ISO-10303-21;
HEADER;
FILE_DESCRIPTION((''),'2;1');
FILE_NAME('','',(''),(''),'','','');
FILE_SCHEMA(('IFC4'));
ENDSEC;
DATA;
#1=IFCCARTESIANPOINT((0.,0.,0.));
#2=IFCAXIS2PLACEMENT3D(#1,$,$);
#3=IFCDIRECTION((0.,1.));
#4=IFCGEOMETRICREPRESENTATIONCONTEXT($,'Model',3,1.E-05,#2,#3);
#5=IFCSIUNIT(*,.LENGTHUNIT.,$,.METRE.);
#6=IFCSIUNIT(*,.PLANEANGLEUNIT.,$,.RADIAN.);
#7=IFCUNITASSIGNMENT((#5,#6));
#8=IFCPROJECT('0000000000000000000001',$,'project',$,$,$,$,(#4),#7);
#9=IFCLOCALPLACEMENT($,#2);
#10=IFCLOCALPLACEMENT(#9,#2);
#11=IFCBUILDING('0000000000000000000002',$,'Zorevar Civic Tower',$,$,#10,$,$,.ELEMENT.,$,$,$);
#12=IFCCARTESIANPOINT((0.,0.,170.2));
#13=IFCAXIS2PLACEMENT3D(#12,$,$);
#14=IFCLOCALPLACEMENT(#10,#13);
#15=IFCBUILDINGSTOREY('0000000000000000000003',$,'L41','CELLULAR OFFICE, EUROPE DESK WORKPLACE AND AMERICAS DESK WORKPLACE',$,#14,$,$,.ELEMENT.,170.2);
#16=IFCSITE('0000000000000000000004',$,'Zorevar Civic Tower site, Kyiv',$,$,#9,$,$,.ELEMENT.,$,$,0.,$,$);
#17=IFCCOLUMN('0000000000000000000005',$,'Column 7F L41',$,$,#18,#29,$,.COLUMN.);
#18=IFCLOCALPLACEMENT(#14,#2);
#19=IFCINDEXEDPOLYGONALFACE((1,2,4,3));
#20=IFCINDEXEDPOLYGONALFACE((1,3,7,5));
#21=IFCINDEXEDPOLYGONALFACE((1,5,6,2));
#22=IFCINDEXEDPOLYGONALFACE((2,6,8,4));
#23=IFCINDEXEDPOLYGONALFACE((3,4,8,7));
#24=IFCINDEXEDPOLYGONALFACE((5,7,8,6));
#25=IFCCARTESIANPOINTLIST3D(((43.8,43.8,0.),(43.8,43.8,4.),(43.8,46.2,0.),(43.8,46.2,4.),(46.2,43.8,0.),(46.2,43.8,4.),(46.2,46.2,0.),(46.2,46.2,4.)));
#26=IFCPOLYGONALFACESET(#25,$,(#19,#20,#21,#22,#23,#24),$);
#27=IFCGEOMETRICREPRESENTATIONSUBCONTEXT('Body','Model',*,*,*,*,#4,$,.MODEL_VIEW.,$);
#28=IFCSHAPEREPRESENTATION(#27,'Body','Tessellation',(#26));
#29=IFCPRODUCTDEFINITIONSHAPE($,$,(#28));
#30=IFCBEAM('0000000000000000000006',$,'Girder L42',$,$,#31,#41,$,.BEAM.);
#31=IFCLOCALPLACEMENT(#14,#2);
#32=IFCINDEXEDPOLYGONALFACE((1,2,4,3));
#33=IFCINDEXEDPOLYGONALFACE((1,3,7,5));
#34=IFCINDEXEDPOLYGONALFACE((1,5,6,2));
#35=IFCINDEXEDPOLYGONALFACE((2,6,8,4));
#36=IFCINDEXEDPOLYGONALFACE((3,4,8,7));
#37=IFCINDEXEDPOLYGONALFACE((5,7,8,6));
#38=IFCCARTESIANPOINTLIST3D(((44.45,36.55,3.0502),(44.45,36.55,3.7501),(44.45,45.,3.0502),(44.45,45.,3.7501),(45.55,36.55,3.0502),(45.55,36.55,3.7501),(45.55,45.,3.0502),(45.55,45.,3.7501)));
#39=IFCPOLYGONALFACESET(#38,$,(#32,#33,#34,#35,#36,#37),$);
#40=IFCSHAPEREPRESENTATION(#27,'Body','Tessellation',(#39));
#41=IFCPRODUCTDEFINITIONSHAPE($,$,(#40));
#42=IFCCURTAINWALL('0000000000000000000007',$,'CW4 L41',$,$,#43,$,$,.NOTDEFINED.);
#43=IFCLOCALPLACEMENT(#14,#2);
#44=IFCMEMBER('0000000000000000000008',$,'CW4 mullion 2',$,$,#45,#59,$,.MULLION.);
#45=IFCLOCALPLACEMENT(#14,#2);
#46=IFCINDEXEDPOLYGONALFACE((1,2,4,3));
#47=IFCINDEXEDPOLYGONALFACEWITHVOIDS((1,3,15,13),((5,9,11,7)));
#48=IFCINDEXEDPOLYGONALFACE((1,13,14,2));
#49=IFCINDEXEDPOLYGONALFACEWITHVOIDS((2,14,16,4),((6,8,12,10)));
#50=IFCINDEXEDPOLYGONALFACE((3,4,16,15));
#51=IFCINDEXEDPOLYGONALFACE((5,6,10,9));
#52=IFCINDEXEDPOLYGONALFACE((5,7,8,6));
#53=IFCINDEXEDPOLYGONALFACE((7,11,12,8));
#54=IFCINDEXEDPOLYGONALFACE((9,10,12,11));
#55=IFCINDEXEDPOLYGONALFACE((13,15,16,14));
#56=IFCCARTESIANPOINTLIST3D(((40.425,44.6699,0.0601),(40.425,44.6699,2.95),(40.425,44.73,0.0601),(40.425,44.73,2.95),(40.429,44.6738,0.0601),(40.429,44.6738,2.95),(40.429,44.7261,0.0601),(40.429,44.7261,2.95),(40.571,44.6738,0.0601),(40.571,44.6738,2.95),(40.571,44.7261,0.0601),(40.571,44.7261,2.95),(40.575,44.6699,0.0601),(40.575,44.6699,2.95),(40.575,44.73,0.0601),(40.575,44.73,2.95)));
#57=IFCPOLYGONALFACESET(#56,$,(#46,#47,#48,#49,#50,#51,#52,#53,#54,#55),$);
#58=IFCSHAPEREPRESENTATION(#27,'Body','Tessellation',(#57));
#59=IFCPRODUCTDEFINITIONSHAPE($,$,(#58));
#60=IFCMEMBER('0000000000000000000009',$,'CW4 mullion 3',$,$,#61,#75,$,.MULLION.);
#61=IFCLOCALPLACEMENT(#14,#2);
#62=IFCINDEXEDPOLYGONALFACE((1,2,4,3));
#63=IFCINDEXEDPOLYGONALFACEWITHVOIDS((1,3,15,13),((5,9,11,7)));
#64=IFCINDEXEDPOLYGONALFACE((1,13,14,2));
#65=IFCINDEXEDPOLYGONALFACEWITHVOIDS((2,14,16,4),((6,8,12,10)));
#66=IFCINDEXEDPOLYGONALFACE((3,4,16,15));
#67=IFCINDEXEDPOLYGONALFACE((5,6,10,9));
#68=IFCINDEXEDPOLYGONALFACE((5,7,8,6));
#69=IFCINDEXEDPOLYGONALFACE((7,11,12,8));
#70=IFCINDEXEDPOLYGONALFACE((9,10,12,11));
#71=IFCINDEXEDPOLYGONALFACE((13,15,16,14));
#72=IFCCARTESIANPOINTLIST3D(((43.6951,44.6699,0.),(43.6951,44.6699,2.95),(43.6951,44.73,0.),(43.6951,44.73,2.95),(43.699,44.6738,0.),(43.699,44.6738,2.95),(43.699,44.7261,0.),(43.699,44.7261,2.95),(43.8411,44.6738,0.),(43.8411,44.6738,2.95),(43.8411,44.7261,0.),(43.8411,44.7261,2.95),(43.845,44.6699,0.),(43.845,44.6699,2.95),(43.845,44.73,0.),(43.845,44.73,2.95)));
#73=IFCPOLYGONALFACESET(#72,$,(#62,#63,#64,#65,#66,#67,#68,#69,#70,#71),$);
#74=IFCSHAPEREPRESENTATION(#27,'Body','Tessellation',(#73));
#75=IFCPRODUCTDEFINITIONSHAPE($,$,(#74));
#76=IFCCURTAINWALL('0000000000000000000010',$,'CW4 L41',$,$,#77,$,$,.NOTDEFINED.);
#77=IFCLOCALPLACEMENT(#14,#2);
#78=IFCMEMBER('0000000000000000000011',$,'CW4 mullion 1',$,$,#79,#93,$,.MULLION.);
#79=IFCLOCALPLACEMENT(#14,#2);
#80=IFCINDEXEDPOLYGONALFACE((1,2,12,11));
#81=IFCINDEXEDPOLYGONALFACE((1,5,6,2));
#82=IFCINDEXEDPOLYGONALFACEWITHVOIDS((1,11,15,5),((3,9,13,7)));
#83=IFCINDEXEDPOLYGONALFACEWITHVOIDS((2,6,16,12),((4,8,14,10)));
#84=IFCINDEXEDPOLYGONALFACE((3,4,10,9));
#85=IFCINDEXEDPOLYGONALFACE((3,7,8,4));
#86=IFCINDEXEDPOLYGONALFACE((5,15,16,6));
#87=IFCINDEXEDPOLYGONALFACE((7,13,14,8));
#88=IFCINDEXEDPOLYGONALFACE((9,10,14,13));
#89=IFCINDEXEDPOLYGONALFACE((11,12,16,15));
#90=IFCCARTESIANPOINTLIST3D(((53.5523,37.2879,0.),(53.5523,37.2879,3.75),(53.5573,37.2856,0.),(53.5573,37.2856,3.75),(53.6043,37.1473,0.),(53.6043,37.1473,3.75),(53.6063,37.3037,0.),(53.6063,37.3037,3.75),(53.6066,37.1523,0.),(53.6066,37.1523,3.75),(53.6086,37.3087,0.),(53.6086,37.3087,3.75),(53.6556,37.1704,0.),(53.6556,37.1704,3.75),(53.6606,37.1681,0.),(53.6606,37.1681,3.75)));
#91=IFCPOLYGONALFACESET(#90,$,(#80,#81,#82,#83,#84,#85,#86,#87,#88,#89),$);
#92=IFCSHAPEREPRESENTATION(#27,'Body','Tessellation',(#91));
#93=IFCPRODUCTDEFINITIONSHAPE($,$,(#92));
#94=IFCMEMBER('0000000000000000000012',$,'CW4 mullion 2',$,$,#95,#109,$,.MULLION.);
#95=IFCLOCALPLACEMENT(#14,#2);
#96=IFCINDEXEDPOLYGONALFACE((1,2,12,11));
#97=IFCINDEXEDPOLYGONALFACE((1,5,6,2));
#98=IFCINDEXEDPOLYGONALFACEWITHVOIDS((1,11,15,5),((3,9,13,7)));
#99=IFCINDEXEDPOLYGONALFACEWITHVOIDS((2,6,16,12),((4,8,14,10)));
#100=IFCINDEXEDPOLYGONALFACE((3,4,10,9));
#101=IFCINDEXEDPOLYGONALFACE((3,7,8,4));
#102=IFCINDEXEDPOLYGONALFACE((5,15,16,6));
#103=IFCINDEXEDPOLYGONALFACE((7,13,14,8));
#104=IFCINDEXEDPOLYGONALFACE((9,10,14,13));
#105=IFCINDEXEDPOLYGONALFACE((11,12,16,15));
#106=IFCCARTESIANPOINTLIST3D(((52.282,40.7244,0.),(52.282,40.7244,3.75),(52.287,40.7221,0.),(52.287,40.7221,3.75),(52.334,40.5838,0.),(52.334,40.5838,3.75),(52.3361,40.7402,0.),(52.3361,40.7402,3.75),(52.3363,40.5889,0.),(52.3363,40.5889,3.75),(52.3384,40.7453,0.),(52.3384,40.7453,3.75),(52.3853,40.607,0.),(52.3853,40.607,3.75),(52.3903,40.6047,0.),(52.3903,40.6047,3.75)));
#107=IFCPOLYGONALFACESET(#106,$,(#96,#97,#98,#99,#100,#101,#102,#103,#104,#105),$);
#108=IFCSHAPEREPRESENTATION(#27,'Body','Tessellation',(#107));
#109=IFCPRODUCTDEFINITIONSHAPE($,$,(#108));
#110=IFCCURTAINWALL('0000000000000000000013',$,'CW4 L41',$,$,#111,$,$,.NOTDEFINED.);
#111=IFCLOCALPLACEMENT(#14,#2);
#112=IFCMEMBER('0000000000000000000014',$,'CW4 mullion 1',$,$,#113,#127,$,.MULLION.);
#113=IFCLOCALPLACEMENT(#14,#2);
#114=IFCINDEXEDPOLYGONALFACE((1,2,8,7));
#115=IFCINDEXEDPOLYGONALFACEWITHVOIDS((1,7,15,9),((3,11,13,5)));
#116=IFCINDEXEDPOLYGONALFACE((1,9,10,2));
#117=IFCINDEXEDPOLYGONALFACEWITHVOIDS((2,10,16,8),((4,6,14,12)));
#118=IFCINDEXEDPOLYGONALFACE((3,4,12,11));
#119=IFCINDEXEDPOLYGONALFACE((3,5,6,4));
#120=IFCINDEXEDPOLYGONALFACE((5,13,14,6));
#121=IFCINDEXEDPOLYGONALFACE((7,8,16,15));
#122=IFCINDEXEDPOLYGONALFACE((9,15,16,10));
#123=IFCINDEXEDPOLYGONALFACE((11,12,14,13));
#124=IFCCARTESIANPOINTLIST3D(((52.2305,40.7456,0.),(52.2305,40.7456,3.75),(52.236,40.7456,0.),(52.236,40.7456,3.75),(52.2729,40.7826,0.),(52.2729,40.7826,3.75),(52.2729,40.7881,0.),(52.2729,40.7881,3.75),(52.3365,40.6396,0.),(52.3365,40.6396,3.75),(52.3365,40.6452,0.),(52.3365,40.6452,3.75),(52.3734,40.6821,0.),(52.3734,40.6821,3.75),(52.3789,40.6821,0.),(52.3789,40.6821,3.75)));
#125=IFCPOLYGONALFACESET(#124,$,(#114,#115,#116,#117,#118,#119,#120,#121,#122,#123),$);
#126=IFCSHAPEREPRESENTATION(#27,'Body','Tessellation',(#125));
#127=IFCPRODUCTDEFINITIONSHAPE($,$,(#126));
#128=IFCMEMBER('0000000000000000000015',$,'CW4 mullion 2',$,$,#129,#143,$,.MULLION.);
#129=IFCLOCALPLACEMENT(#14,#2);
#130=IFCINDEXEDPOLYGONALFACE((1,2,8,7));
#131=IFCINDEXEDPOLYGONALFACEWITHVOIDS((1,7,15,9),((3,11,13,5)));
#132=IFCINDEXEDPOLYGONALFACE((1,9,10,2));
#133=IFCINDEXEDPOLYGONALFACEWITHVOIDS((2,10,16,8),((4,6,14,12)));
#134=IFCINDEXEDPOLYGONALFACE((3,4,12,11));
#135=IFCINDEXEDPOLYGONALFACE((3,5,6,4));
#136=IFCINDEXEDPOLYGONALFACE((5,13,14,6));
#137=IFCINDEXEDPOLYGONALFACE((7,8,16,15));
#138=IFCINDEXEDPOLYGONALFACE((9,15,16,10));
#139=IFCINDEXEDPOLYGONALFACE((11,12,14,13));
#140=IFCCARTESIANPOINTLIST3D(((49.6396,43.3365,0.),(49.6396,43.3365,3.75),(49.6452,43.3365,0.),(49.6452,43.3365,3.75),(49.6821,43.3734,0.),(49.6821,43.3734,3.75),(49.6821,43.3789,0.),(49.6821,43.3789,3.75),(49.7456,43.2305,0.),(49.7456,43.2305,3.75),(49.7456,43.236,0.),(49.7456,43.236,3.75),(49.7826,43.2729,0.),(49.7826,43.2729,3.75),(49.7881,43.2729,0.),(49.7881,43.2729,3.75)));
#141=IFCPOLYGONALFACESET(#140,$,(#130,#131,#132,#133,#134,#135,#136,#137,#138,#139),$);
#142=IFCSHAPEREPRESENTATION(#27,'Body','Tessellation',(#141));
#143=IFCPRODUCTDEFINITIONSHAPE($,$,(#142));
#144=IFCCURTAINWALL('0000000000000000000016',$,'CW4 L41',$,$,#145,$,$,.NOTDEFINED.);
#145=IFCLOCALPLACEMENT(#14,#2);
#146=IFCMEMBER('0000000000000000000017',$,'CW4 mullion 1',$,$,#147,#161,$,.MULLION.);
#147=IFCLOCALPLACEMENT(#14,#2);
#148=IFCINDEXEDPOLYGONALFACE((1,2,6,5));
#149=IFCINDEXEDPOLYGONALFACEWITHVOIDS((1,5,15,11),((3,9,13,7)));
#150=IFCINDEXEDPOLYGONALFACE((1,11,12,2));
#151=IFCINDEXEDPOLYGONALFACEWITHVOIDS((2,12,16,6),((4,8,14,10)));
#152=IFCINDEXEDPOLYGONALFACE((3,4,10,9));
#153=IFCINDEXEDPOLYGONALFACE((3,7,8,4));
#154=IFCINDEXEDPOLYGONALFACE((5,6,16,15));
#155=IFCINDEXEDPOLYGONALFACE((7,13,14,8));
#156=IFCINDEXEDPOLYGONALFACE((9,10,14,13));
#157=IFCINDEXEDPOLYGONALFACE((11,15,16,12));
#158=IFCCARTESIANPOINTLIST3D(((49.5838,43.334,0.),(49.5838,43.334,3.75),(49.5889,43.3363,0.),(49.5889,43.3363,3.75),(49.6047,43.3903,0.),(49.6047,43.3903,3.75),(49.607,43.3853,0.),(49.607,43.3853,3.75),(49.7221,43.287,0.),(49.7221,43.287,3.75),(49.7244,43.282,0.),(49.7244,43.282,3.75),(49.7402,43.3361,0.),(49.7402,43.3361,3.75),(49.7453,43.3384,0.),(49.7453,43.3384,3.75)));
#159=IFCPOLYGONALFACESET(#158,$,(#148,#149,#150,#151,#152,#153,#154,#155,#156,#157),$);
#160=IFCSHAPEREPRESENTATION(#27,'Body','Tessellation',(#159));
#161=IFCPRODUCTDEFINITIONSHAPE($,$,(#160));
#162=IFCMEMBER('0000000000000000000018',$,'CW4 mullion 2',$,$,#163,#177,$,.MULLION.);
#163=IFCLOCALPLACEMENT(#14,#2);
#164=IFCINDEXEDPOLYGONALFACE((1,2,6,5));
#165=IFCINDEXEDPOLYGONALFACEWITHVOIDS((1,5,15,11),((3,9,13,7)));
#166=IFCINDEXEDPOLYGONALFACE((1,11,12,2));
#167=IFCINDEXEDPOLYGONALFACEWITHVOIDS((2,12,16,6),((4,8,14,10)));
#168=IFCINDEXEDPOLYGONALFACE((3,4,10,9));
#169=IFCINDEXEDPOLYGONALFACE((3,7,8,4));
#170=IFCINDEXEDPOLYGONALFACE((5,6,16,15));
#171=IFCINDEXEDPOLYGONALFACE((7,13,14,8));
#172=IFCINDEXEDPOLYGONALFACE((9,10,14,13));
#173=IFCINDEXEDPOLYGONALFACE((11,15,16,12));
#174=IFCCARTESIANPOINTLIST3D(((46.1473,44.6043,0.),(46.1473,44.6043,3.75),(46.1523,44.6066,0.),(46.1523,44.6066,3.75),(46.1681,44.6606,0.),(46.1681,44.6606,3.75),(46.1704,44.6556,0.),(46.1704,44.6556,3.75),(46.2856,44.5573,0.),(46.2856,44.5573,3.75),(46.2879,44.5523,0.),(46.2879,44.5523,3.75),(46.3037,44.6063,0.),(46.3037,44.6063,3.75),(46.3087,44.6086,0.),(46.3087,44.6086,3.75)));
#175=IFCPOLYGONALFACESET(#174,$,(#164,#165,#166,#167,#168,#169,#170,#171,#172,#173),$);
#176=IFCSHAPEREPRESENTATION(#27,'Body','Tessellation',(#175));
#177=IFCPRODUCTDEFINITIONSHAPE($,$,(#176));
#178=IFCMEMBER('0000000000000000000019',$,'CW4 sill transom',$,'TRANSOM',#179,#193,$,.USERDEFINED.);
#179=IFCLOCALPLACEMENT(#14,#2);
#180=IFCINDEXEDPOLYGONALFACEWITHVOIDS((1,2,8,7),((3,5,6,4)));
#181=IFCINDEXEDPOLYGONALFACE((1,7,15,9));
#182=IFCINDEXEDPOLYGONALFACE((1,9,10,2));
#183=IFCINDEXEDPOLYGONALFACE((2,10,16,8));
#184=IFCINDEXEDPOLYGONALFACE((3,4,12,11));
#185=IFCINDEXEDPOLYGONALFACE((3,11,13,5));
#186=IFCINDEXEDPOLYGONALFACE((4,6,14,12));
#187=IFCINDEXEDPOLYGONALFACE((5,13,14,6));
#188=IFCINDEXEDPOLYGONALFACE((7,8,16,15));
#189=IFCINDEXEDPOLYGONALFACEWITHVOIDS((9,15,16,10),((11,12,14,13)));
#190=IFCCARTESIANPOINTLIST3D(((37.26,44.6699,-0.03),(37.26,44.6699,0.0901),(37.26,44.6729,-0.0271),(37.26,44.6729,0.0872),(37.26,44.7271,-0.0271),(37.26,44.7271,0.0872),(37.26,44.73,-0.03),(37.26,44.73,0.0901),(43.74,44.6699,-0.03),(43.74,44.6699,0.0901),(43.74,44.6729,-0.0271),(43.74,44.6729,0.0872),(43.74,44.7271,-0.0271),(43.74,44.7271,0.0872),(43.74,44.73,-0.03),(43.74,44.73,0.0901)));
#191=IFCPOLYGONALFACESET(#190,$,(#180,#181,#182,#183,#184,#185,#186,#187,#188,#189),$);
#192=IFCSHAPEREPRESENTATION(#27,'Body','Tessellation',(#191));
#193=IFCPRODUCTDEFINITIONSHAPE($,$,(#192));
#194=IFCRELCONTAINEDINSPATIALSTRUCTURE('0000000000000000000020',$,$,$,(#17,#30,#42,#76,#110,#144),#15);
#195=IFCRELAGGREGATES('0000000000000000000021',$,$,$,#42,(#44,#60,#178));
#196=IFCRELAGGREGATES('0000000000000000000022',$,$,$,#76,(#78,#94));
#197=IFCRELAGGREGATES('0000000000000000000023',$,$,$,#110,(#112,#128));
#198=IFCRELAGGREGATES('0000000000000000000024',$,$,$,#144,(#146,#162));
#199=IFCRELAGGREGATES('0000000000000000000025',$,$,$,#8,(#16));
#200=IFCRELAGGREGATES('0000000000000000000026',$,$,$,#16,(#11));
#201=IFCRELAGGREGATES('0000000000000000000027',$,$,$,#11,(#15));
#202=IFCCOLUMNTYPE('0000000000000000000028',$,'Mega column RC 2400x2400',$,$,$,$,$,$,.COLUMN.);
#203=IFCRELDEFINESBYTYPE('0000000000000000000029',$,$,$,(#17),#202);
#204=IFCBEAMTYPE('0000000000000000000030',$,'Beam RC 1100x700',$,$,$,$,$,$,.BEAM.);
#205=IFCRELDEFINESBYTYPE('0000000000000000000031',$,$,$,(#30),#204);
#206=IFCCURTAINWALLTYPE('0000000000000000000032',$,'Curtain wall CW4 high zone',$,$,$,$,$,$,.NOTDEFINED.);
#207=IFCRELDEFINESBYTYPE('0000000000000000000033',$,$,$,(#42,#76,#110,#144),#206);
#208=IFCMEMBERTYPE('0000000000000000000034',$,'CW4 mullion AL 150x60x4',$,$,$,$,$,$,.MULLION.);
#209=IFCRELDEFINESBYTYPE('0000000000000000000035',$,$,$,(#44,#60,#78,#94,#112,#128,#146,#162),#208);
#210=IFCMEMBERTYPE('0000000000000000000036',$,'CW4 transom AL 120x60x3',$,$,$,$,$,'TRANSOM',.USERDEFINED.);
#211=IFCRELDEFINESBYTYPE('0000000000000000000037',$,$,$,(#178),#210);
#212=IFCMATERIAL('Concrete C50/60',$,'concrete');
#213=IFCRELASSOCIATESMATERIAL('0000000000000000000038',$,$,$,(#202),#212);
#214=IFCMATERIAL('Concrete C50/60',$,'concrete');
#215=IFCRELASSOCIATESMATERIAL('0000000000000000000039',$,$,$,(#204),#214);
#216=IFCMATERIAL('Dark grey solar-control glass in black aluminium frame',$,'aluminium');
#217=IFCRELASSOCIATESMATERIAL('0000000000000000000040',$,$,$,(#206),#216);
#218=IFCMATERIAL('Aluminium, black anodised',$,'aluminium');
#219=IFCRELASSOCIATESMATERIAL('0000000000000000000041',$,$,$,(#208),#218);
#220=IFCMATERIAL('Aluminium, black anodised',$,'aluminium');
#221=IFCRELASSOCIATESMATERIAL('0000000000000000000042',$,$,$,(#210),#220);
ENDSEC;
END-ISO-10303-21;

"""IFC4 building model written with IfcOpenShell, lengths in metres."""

from ifc_helpers import new_model, si_unit, direction, frame, origin, origin_2d, place, context, subcontext, project, spatial, rectangle, hollow_rectangle, extrude, material, material_profile, profile_set, type_object, element, aggregate, save


model = new_model("IFC4")

# Units and contexts
model_context = context("Model", 3, precision=1e-05, world=origin(), true_north=direction((0.0, 1.0)))
body_context = subcontext(model_context, "Body", "Model", "MODEL_VIEW")
ifc_project = project(units=[si_unit("LENGTHUNIT", "METRE"), si_unit("PLANEANGLEUNIT", "RADIAN")], contexts=[model_context])

# Site, building, storey
site_placement = place(None, origin())
site = spatial("IfcSite", under=ifc_project, at=site_placement, Name="Zorevar Civic Tower site, Kyiv", CompositionType="ELEMENT", RefElevation=0.0)
building_placement = place(site_placement, origin())
building = spatial("IfcBuilding", under=site, at=building_placement, Name="Zorevar Civic Tower", CompositionType="ELEMENT")
storey_placement = place(building_placement, frame((0.0, 0.0, 170.2)))
storey = spatial("IfcBuildingStorey", under=building, at=storey_placement, Name="L41", Description="CELLULAR OFFICE, EUROPE DESK WORKPLACE AND AMERICAS DESK WORKPLACE", CompositionType="ELEMENT", Elevation=170.2)

# Column
ifc_material_1 = material(Name="Concrete C50/60", Category="concrete")
ifc_material_profile_1 = material_profile(ifc_material_1, rectangle(XDim=2.3999, YDim=2.3999, at=origin_2d()), Name="RC 2400x2400")
ifc_profile_set_1 = profile_set([ifc_material_profile_1], Name="Concrete C50/60")
column_type = type_object("IfcColumnType", Name="Mega column RC 2400x2400", PredefinedType="COLUMN", material=ifc_profile_set_1)
column_placement = place(storey_placement, frame((45.0, 45.0, 0.0), z_axis=(0.0, 0.0, 1.0), x_axis=(1.0, 0.0, 0.0)))
element("IfcColumn", 1, at=column_placement, inside=storey, type_object=column_type, Name="Column 7F L41", PredefinedType="COLUMN", context=body_context, shape_type="SweptSolid", body=[
    extrude(rectangle(XDim=2.3999, YDim=2.3999, at=origin_2d()), origin(), (0.0, 0.0, 1.0), 4.0),
])

# Beam
ifc_material_2 = material(Name="Concrete C50/60", Category="concrete")
ifc_material_profile_2 = material_profile(ifc_material_2, rectangle(XDim=1.1001, YDim=0.7, at=origin_2d()), Name="RC 1100x700")
ifc_profile_set_2 = profile_set([ifc_material_profile_2], Name="Concrete C50/60")
beam_type_1 = type_object("IfcBeamType", Name="Beam RC 1100x700", PredefinedType="BEAM", material=ifc_profile_set_2)
beam_1_placement = place(storey_placement, frame((45.0, 36.55, 3.4001), z_axis=(0.0, 1.0, 0.0), x_axis=(-1.0, 0.0, 0.0)))
element("IfcBeam", 2, at=beam_1_placement, inside=storey, type_object=beam_type_1, Name="Girder L42", PredefinedType="BEAM", context=body_context, shape_type="SweptSolid", body=[
    extrude(rectangle(XDim=1.1001, YDim=0.7, at=origin_2d()), origin(), (0.0, 0.0, 1.0), 8.45),
])

# Curtain walls, members
ifc_material_3 = material(Name="Dark grey solar-control glass in black aluminium frame", Category="aluminium")
curtain_wall_type = type_object("IfcCurtainWallType", Name="Curtain wall CW4 high zone", PredefinedType="NOTDEFINED", material=ifc_material_3)
curtain_wall_1_placement = place(storey_placement, origin())
curtain_wall_1 = element("IfcCurtainWall", 3, at=curtain_wall_1_placement, inside=storey, type_object=curtain_wall_type, Name="CW4 L41", PredefinedType="NOTDEFINED")
ifc_material_4 = material(Name="Aluminium, black anodised", Category="aluminium")
ifc_material_profile_3 = material_profile(ifc_material_4, hollow_rectangle(XDim=0.0601, YDim=0.1499, WallThickness=0.0039, at=origin_2d()), Name="AL 150x60x4")
ifc_profile_set_3 = profile_set([ifc_material_profile_3], Name="Aluminium, black anodised")
member_type_1 = type_object("IfcMemberType", Name="CW4 mullion AL 150x60x4", PredefinedType="MULLION", material=ifc_profile_set_3)
member_1_placement = place(storey_placement, frame((40.5, 44.7, 0.0601), z_axis=(0.0, 0.0, 1.0), x_axis=(0.0, 1.0, 0.0)))
member_1 = element("IfcMember", 4, at=member_1_placement, type_object=member_type_1, Name="CW4 mullion 2", PredefinedType="MULLION", context=body_context, shape_type="SweptSolid", body=[
    extrude(hollow_rectangle(XDim=0.0601, YDim=0.1499, WallThickness=0.0039, at=origin_2d()), origin(), (0.0, 0.0, 1.0), 2.8899),
])
member_2_placement = place(storey_placement, frame((43.77, 44.7, 0.0), z_axis=(0.0, 0.0, 1.0), x_axis=(0.0, 1.0, 0.0)))
member_2 = element("IfcMember", 5, at=member_2_placement, type_object=member_type_1, Name="CW4 mullion 3", PredefinedType="MULLION", context=body_context, shape_type="SweptSolid", body=[
    extrude(hollow_rectangle(XDim=0.0601, YDim=0.1499, WallThickness=0.0039, at=origin_2d()), origin(), (0.0, 0.0, 1.0), 2.95),
])
curtain_wall_2_placement = place(storey_placement, origin())
curtain_wall_2 = element("IfcCurtainWall", 6, at=curtain_wall_2_placement, inside=storey, type_object=curtain_wall_type, Name="CW4 L41", PredefinedType="NOTDEFINED")
member_3_placement = place(storey_placement, frame((53.6064, 37.228, 0.0), z_axis=(0.0, 0.0, 1.0), x_axis=(-0.937975, -0.346704, 0.0)))
member_3 = element("IfcMember", 7, at=member_3_placement, type_object=member_type_1, Name="CW4 mullion 1", PredefinedType="MULLION", context=body_context, shape_type="SweptSolid", body=[
    extrude(hollow_rectangle(XDim=0.0601, YDim=0.1499, WallThickness=0.0039, at=origin_2d()), origin(), (0.0, 0.0, 1.0), 3.75),
])
member_4_placement = place(storey_placement, frame((52.3362, 40.6646, 0.0), z_axis=(0.0, 0.0, 1.0), x_axis=(-0.937975, -0.346704, 0.0)))
member_4 = element("IfcMember", 8, at=member_4_placement, type_object=member_type_1, Name="CW4 mullion 2", PredefinedType="MULLION", context=body_context, shape_type="SweptSolid", body=[
    extrude(hollow_rectangle(XDim=0.0601, YDim=0.1499, WallThickness=0.0039, at=origin_2d()), origin(), (0.0, 0.0, 1.0), 3.75),
])
curtain_wall_3_placement = place(storey_placement, origin())
curtain_wall_3 = element("IfcCurtainWall", 9, at=curtain_wall_3_placement, inside=storey, type_object=curtain_wall_type, Name="CW4 L41", PredefinedType="NOTDEFINED")
member_5_placement = place(storey_placement, frame((52.3047, 40.7139, 0.0), z_axis=(0.0, 0.0, 1.0), x_axis=(-0.707107, -0.707107, 0.0)))
member_5 = element("IfcMember", 10, at=member_5_placement, type_object=member_type_1, Name="CW4 mullion 1", PredefinedType="MULLION", context=body_context, shape_type="SweptSolid", body=[
    extrude(hollow_rectangle(XDim=0.0601, YDim=0.1499, WallThickness=0.0039, at=origin_2d()), origin(), (0.0, 0.0, 1.0), 3.75),
])
member_6_placement = place(storey_placement, frame((49.7139, 43.3047, 0.0), z_axis=(0.0, 0.0, 1.0), x_axis=(-0.707107, -0.707107, 0.0)))
member_6 = element("IfcMember", 11, at=member_6_placement, type_object=member_type_1, Name="CW4 mullion 2", PredefinedType="MULLION", context=body_context, shape_type="SweptSolid", body=[
    extrude(hollow_rectangle(XDim=0.0601, YDim=0.1499, WallThickness=0.0039, at=origin_2d()), origin(), (0.0, 0.0, 1.0), 3.75),
])
curtain_wall_4_placement = place(storey_placement, origin())
curtain_wall_4 = element("IfcCurtainWall", 12, at=curtain_wall_4_placement, inside=storey, type_object=curtain_wall_type, Name="CW4 L41", PredefinedType="NOTDEFINED")
member_7_placement = place(storey_placement, frame((49.6646, 43.3362, 0.0), z_axis=(0.0, 0.0, 1.0), x_axis=(-0.346704, -0.937975, 0.0)))
member_7 = element("IfcMember", 13, at=member_7_placement, type_object=member_type_1, Name="CW4 mullion 1", PredefinedType="MULLION", context=body_context, shape_type="SweptSolid", body=[
    extrude(hollow_rectangle(XDim=0.0601, YDim=0.1499, WallThickness=0.0039, at=origin_2d()), origin(), (0.0, 0.0, 1.0), 3.75),
])
member_8_placement = place(storey_placement, frame((46.228, 44.6064, 0.0), z_axis=(0.0, 0.0, 1.0), x_axis=(-0.346704, -0.937975, 0.0)))
member_8 = element("IfcMember", 14, at=member_8_placement, type_object=member_type_1, Name="CW4 mullion 2", PredefinedType="MULLION", context=body_context, shape_type="SweptSolid", body=[
    extrude(hollow_rectangle(XDim=0.0601, YDim=0.1499, WallThickness=0.0039, at=origin_2d()), origin(), (0.0, 0.0, 1.0), 3.75),
])

# Member
ifc_material_5 = material(Name="Aluminium, black anodised", Category="aluminium")
ifc_material_profile_4 = material_profile(ifc_material_5, hollow_rectangle(XDim=0.0601, YDim=0.1201, WallThickness=0.0029, at=origin_2d()), Name="AL 120x60x3")
ifc_profile_set_4 = profile_set([ifc_material_profile_4], Name="Aluminium, black anodised")
member_type_2 = type_object("IfcMemberType", Name="CW4 transom AL 120x60x3", ElementType="TRANSOM", PredefinedType="USERDEFINED", material=ifc_profile_set_4)
member_9_placement = place(storey_placement, frame((37.26, 44.7, 0.03), z_axis=(1.0, 0.0, 0.0), x_axis=(0.0, 1.0, 0.0)))
member_9 = element("IfcMember", 15, at=member_9_placement, type_object=member_type_2, Name="CW4 sill transom", ObjectType="TRANSOM", PredefinedType="USERDEFINED", context=body_context, shape_type="SweptSolid", body=[
    extrude(hollow_rectangle(XDim=0.0601, YDim=0.1201, WallThickness=0.0029, at=origin_2d()), origin(), (0.0, 0.0, 1.0), 6.48),
])

aggregate(curtain_wall_1, [member_1, member_2, member_9])
aggregate(curtain_wall_2, [member_3, member_4])
aggregate(curtain_wall_3, [member_5, member_6])
aggregate(curtain_wall_4, [member_7, member_8])

save(model, "model.ifc")
